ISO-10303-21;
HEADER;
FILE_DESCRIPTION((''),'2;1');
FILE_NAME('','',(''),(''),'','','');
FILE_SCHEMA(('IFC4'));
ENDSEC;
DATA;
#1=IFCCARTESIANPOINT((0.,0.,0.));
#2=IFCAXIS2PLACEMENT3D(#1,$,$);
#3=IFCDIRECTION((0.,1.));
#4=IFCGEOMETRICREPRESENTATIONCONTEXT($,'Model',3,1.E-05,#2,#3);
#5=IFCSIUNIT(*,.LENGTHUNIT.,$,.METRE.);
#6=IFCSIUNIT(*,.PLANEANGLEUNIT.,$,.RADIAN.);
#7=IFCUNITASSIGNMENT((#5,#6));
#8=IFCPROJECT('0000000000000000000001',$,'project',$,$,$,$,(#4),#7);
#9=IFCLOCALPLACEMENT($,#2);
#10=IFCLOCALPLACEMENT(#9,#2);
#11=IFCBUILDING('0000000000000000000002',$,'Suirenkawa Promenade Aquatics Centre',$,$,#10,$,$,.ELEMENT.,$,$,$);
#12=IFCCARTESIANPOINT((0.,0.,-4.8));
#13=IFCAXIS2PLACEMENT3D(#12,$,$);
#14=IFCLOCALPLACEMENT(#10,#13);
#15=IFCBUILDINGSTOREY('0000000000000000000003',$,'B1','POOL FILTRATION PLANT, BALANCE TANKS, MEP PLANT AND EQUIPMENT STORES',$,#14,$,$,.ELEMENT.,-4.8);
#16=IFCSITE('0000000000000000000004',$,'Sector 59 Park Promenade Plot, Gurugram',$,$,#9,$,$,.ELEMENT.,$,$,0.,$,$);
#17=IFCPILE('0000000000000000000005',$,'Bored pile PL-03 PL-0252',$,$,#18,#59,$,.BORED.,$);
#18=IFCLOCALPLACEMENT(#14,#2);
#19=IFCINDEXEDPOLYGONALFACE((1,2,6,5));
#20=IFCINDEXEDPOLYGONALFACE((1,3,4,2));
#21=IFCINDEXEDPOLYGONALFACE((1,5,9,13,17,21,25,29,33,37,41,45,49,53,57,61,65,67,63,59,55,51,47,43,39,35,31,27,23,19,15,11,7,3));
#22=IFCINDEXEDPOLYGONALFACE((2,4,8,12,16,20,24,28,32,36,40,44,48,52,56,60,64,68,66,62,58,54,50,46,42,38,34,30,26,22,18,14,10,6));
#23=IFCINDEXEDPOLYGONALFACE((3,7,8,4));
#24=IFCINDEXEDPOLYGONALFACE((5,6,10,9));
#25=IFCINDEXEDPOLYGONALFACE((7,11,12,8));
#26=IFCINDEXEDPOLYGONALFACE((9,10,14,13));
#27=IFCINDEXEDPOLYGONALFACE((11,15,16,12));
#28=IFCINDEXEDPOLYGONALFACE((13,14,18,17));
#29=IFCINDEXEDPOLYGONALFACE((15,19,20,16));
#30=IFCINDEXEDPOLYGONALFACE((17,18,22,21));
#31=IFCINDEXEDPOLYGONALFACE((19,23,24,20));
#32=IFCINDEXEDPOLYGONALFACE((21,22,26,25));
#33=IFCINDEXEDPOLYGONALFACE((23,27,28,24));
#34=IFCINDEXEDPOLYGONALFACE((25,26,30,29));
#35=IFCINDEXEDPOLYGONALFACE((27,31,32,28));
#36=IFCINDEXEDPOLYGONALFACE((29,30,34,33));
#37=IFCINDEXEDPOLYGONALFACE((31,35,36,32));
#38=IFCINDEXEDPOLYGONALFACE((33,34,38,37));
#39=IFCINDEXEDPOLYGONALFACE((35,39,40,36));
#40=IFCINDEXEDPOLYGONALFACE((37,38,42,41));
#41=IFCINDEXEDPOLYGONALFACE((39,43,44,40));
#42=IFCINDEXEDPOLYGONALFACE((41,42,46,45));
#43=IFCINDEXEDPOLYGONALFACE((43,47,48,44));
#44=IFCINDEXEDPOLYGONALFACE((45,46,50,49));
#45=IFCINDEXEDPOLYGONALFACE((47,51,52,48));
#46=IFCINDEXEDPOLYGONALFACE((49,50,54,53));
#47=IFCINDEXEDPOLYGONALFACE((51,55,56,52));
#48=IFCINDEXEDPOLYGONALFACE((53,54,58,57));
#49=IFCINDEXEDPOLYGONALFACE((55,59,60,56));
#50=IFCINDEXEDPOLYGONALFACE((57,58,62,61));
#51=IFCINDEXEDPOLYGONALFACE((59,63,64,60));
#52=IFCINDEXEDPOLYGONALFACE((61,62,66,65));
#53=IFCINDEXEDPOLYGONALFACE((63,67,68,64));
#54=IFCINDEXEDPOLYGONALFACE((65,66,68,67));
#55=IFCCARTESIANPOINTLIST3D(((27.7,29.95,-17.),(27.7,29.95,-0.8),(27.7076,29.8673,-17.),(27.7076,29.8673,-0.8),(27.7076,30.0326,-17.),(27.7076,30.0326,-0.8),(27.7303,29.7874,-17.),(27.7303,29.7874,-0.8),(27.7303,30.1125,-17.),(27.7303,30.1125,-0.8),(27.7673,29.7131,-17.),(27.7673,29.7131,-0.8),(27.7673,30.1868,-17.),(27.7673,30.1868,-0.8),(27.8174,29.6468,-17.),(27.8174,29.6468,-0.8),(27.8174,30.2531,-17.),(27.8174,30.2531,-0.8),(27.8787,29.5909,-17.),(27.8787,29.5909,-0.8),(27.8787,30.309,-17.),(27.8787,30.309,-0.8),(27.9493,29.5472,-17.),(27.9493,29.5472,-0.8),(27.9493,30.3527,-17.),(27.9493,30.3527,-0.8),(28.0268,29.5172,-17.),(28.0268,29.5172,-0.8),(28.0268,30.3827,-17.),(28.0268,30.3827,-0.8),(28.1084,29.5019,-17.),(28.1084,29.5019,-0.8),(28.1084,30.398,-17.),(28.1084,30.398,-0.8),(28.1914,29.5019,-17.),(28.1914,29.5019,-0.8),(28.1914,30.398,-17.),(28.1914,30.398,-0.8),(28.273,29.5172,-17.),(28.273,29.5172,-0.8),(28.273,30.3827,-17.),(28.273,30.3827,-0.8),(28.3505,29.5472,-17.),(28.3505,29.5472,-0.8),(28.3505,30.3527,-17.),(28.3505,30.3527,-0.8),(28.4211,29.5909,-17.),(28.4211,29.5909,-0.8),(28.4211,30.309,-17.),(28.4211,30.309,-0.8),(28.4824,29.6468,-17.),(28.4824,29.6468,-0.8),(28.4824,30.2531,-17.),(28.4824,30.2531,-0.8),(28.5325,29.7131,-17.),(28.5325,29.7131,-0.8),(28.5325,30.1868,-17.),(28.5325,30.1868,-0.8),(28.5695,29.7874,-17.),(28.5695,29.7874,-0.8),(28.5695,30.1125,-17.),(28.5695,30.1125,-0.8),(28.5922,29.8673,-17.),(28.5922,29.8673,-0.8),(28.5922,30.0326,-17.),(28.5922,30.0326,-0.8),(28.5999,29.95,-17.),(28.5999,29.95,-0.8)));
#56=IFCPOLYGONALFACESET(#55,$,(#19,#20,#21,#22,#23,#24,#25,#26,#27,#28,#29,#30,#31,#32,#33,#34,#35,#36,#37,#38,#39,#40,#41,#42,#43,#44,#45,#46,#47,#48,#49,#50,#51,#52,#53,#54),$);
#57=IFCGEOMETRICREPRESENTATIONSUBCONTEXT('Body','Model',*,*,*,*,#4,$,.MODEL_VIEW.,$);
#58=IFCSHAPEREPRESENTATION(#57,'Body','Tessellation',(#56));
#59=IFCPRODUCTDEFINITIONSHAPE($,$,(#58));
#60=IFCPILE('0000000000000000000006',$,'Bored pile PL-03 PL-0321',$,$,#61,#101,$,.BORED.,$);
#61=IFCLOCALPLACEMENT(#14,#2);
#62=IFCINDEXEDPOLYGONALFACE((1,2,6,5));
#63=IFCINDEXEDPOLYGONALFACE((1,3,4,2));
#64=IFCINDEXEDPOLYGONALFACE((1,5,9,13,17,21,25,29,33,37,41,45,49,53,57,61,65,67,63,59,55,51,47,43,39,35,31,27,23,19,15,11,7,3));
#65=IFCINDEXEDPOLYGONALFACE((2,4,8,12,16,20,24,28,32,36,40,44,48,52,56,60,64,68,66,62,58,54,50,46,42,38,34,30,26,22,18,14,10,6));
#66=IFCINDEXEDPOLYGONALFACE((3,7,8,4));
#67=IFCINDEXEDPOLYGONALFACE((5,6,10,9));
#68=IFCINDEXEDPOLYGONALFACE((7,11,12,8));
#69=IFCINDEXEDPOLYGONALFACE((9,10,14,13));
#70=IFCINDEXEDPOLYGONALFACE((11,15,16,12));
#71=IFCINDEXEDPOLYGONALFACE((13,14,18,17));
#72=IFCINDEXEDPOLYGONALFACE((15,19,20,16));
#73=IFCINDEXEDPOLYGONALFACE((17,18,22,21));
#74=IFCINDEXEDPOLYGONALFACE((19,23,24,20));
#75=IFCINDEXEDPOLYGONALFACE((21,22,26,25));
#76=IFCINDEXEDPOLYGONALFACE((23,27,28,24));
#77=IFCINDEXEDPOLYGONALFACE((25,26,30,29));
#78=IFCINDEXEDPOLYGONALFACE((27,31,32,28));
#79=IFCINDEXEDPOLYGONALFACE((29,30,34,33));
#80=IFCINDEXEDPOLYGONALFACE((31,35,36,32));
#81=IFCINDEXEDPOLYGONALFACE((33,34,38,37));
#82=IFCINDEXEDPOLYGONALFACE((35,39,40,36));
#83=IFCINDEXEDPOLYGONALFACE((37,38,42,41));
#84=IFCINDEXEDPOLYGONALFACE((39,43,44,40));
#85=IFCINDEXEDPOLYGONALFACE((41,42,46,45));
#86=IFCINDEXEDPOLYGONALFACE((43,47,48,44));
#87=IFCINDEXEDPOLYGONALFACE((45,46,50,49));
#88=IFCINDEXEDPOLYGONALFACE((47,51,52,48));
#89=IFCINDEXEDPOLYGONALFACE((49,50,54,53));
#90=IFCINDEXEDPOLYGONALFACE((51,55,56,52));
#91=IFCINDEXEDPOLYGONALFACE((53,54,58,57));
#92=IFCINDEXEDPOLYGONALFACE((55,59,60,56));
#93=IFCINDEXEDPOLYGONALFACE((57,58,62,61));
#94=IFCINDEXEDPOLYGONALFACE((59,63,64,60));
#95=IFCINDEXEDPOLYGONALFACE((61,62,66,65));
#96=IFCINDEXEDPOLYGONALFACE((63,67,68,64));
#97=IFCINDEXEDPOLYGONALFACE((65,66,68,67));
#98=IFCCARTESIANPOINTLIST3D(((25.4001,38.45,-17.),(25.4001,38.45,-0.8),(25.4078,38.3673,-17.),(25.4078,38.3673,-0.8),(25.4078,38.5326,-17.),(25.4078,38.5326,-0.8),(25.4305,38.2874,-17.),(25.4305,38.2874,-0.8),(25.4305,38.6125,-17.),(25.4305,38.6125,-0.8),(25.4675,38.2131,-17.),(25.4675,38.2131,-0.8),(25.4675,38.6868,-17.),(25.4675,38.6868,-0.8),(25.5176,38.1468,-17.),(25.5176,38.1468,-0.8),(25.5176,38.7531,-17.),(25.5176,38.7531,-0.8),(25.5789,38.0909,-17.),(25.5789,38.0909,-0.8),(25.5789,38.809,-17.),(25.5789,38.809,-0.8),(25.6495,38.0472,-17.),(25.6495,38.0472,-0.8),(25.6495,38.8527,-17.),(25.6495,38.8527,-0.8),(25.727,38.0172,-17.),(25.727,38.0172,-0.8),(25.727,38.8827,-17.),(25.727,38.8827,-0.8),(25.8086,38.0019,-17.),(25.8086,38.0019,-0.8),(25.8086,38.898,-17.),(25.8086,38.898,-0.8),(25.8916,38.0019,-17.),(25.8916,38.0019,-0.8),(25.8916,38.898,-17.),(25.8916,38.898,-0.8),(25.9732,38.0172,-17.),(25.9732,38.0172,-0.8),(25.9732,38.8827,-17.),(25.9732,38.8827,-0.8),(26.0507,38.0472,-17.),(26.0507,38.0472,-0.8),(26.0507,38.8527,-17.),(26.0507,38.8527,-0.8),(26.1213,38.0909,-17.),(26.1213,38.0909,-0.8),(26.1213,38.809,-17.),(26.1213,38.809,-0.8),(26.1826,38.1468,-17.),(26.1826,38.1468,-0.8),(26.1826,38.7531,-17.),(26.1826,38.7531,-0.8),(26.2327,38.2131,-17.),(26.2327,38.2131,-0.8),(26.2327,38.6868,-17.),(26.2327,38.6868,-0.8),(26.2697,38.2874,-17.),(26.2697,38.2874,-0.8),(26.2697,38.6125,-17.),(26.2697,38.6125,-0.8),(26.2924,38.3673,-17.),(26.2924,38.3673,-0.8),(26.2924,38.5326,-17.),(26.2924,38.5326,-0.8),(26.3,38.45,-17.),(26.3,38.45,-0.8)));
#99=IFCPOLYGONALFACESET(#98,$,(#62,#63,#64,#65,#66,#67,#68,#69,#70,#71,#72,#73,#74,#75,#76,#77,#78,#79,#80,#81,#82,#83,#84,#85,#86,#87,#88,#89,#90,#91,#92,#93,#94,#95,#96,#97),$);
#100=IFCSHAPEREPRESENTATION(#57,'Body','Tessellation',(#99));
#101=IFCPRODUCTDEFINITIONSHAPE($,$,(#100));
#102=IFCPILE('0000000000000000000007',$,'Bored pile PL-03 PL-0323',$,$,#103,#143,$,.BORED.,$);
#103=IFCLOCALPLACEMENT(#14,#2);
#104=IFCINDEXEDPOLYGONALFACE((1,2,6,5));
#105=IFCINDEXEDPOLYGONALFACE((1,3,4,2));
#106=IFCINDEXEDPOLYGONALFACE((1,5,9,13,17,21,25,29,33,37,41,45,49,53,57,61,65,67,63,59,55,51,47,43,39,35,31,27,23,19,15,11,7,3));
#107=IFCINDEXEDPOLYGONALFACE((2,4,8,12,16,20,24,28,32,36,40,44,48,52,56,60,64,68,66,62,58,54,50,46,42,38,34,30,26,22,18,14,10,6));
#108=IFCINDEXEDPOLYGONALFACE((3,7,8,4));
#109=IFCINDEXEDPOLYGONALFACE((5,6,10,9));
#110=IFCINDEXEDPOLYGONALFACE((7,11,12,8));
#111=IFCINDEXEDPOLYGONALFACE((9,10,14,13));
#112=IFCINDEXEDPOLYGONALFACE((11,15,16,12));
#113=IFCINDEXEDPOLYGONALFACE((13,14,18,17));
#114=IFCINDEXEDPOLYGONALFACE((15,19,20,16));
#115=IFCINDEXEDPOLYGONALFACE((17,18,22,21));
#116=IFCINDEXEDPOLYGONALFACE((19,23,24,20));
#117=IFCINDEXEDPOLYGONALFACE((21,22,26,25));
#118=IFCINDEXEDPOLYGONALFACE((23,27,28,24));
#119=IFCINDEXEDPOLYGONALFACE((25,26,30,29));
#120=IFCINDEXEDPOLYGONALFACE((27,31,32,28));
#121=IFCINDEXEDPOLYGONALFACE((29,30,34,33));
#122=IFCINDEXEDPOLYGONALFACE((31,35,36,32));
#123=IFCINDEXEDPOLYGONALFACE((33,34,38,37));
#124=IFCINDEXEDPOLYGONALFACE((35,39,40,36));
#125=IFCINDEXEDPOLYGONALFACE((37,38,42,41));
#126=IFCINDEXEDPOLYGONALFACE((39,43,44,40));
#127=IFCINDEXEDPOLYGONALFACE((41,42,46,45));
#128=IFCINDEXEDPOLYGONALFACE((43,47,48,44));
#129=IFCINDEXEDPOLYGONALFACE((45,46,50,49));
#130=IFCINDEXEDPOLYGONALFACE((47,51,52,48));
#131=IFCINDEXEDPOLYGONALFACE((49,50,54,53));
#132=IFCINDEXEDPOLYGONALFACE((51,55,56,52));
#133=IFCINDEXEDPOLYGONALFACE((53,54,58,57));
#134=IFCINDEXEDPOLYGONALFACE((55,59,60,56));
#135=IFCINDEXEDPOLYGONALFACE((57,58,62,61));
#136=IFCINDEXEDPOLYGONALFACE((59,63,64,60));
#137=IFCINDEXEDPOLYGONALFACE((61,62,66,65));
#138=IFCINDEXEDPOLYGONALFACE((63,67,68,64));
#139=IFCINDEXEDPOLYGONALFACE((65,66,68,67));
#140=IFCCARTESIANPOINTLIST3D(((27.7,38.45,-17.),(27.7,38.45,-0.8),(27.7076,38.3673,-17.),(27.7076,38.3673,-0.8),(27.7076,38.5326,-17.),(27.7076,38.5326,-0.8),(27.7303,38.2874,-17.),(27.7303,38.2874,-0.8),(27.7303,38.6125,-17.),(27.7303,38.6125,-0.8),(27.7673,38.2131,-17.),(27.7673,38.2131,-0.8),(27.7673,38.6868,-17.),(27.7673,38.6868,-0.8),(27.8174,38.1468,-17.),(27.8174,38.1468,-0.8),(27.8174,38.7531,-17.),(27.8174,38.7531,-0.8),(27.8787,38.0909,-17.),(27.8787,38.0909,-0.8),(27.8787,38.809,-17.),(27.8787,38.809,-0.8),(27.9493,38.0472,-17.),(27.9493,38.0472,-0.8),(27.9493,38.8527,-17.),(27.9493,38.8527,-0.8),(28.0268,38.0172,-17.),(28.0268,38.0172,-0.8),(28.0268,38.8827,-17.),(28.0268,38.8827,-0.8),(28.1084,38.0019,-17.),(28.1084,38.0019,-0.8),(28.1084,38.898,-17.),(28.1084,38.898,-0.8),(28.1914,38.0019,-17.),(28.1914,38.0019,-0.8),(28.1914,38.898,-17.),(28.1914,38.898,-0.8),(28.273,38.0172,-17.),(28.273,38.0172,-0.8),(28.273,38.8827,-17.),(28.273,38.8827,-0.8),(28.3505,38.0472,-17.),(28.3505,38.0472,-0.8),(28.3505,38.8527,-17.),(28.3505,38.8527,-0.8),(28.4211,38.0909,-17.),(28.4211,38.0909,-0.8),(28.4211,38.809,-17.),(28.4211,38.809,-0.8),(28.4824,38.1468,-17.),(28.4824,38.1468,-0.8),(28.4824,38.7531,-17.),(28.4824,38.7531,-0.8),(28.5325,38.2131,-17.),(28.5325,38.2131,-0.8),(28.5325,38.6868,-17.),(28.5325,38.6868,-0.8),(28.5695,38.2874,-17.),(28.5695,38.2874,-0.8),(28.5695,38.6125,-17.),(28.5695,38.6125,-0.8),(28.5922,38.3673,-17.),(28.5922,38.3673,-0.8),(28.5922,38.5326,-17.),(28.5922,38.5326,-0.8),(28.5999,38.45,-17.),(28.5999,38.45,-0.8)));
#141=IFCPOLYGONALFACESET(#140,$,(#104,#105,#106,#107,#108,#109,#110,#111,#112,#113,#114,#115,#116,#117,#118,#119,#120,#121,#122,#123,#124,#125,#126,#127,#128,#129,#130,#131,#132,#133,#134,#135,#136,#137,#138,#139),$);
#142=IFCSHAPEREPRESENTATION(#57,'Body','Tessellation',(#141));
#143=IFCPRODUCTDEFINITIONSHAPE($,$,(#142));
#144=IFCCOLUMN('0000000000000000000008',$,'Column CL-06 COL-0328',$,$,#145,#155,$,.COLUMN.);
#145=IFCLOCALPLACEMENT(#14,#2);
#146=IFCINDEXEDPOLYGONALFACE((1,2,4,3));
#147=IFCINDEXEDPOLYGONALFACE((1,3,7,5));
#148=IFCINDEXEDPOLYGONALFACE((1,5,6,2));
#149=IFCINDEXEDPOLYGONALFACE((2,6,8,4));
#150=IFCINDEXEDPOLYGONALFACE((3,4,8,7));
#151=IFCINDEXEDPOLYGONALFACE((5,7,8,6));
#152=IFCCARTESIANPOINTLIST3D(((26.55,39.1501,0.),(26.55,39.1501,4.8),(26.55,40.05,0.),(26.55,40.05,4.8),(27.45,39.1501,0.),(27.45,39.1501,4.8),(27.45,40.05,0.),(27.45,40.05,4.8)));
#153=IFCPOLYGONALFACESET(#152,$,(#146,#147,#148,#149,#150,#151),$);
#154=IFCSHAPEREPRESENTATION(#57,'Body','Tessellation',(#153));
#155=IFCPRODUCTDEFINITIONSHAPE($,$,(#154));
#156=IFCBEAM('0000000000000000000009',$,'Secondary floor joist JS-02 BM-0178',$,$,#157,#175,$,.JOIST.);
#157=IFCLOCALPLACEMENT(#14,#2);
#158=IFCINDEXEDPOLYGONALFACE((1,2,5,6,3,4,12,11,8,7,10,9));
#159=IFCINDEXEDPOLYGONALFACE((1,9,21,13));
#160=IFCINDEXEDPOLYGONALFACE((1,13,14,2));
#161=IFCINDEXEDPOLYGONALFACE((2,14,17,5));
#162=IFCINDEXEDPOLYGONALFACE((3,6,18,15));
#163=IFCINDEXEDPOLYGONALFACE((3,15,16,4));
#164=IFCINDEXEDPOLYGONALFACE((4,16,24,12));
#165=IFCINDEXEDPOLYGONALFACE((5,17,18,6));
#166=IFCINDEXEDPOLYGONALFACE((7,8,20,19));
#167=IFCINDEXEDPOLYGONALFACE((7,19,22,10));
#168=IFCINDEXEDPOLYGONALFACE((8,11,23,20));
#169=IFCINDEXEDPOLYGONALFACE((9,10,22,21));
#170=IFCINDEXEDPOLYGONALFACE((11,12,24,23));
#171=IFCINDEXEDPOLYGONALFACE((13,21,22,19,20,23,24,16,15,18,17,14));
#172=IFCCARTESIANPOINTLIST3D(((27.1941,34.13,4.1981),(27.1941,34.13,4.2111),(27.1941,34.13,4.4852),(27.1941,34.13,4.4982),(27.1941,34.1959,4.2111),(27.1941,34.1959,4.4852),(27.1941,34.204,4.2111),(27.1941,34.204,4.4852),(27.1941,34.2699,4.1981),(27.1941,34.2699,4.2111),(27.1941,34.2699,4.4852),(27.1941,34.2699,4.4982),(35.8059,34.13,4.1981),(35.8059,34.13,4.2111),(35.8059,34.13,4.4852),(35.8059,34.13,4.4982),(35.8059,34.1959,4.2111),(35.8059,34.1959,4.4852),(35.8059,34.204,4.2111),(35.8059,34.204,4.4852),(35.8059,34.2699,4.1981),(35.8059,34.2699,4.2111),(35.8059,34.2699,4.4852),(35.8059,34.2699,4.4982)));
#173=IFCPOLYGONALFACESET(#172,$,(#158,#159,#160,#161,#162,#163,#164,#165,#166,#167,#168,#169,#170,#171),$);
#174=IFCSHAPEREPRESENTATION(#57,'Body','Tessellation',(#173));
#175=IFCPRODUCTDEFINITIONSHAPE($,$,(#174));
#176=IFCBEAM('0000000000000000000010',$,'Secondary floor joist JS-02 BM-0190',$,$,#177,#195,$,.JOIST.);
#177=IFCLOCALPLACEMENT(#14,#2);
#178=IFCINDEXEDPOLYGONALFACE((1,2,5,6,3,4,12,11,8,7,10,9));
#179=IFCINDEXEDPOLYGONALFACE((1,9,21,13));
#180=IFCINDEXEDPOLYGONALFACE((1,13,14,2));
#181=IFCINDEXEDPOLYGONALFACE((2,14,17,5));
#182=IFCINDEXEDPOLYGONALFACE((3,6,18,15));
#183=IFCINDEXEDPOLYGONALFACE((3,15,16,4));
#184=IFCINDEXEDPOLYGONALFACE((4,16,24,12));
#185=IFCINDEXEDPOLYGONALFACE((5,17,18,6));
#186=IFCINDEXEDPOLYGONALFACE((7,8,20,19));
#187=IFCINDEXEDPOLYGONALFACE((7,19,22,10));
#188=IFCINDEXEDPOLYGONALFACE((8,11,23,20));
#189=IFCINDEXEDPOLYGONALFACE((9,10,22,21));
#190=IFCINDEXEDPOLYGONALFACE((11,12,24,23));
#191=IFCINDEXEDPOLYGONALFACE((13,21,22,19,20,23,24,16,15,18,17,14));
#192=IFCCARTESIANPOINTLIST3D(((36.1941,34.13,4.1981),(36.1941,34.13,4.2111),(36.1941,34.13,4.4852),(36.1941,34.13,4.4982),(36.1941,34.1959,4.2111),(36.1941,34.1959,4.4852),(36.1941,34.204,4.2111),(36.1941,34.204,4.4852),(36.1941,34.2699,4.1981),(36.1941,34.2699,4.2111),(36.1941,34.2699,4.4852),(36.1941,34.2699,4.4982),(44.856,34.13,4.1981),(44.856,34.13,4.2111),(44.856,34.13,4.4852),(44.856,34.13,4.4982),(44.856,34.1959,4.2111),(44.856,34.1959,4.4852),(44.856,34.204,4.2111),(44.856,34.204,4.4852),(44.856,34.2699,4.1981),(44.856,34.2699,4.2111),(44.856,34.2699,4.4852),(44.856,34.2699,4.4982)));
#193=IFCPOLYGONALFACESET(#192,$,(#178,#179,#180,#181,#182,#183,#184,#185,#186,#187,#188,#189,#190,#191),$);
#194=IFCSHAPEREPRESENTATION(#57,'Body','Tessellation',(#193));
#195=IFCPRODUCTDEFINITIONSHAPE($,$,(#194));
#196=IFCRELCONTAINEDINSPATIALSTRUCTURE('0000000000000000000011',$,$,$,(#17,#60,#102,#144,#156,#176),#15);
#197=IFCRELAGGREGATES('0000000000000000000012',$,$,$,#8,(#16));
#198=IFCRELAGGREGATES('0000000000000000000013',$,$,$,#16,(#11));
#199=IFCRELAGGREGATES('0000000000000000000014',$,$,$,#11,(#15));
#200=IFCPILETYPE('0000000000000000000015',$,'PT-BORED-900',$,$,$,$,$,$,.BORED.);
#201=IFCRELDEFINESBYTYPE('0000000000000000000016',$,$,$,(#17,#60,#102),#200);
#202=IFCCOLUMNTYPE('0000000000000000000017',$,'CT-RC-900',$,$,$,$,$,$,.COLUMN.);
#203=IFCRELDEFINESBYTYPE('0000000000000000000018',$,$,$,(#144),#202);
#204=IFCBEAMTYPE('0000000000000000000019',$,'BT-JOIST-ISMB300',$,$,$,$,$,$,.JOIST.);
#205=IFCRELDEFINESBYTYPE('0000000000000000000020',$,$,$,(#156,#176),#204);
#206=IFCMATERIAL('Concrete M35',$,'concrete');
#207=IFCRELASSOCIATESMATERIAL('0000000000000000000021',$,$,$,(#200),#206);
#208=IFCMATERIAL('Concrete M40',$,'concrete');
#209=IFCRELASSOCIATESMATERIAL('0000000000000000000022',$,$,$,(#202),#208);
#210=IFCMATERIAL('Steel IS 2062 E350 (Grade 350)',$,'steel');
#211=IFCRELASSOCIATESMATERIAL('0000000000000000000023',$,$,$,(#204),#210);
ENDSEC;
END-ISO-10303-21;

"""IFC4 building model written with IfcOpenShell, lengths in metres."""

from ifc_helpers import new_model, si_unit, direction, frame, origin, origin_2d, place, context, subcontext, project, spatial, rectangle, circle, i_section, extrude, material, material_profile, profile_set, type_object, element, save


model = new_model("IFC4")

# Units and contexts
model_context = context("Model", 3, precision=1e-05, world=origin(), true_north=direction((0.0, 1.0)))
body_context = subcontext(model_context, "Body", "Model", "MODEL_VIEW")
ifc_project = project(units=[si_unit("LENGTHUNIT", "METRE"), si_unit("PLANEANGLEUNIT", "RADIAN")], contexts=[model_context])

# Site, building, storey
site_placement = place(None, origin())
site = spatial("IfcSite", under=ifc_project, at=site_placement, Name="Sector 59 Park Promenade Plot, Gurugram", CompositionType="ELEMENT", RefElevation=0.0)
building_placement = place(site_placement, origin())
building = spatial("IfcBuilding", under=site, at=building_placement, Name="Suirenkawa Promenade Aquatics Centre", CompositionType="ELEMENT")
storey_placement = place(building_placement, frame((0.0, 0.0, -4.8)))
storey = spatial("IfcBuildingStorey", under=building, at=storey_placement, Name="B1", Description="POOL FILTRATION PLANT, BALANCE TANKS, MEP PLANT AND EQUIPMENT STORES", CompositionType="ELEMENT", Elevation=-4.8)

# Shared definitions
ifc_material_1 = material(Name="Concrete M35", Category="concrete")

# Piles
ifc_material_profile_1 = material_profile(ifc_material_1, circle(Radius=0.45, at=origin_2d()), Name="PILE D900", Category="concrete")
ifc_profile_set_1 = profile_set([ifc_material_profile_1], Name="Concrete M35")
pile_type_1 = type_object("IfcPileType", Name="PT-BORED-900", PredefinedType="BORED", material=ifc_profile_set_1)
for number, where, z_axis, x_axis, name in (
    (1, (28.1499, 29.95, -0.8), (0.0, 0.0, -1.0), (1.0, 0.0, 0.0), "Bored pile PL-03 PL-0252"),
    (2, (25.8501, 38.45, -0.8), (0.0, 0.0, -1.0), (1.0, 0.0, 0.0), "Bored pile PL-03 PL-0321"),
    (3, (28.1499, 38.45, -0.8), (0.0, 0.0, -1.0), (1.0, 0.0, 0.0), "Bored pile PL-03 PL-0323"),
):
    element("IfcPile", number, at=place(storey_placement, frame(where, z_axis=z_axis, x_axis=x_axis)), inside=storey, type_object=pile_type_1, Name=name, PredefinedType="BORED", context=body_context, shape_type="SweptSolid", body=[
        extrude(circle(Radius=0.45, at=origin_2d()), origin(), (0.0, 0.0, 1.0), 16.2),
    ])

# Column
ifc_material_2 = material(Name="Concrete M40", Category="concrete")
ifc_material_profile_2 = material_profile(ifc_material_2, rectangle(XDim=0.8999, YDim=0.8999, at=origin_2d()), Name="RC COL 900x900", Category="concrete")
ifc_profile_set_2 = profile_set([ifc_material_profile_2], Name="Concrete M40")
column_type = type_object("IfcColumnType", Name="CT-RC-900", PredefinedType="COLUMN", material=ifc_profile_set_2)
column_placement = place(storey_placement, frame((27.0, 39.6001, 0.0), z_axis=(0.0, 0.0, 1.0), x_axis=(1.0, 0.0, 0.0)))
element("IfcColumn", 4, at=column_placement, inside=storey, type_object=column_type, Name="Column CL-06 COL-0328", PredefinedType="COLUMN", context=body_context, shape_type="SweptSolid", body=[
    extrude(rectangle(XDim=0.8999, YDim=0.8999, at=origin_2d()), origin(), (0.0, 0.0, 1.0), 4.8),
])

# Beams
ifc_material_3 = material(Name="Steel IS 2062 E350 (Grade 350)", Category="steel")
ifc_material_profile_3 = material_profile(ifc_material_3, i_section(OverallWidth=0.1399, OverallDepth=0.3, WebThickness=0.0081, FlangeThickness=0.0129, at=origin_2d()), Name="ISMB 300", Category="steel")
ifc_profile_set_3 = profile_set([ifc_material_profile_3], Name="Steel IS 2062 E350 (Grade 350)")
beam_type_1 = type_object("IfcBeamType", Name="BT-JOIST-ISMB300", PredefinedType="JOIST", material=ifc_profile_set_3)
beam_1_placement = place(storey_placement, frame((27.1941, 34.2, 4.3481), z_axis=(1.0, 0.0, 0.0), x_axis=(0.0, 1.0, 0.0)))
element("IfcBeam", 5, at=beam_1_placement, inside=storey, type_object=beam_type_1, Name="Secondary floor joist JS-02 BM-0178", PredefinedType="JOIST", context=body_context, shape_type="SweptSolid", body=[
    extrude(i_section(OverallWidth=0.1399, OverallDepth=0.3, WebThickness=0.0081, FlangeThickness=0.0129, at=origin_2d()), origin(), (0.0, 0.0, 1.0), 8.6118),
])
beam_2_placement = place(storey_placement, frame((36.1941, 34.2, 4.3481), z_axis=(1.0, 0.0, 0.0), x_axis=(0.0, 1.0, 0.0)))
element("IfcBeam", 6, at=beam_2_placement, inside=storey, type_object=beam_type_1, Name="Secondary floor joist JS-02 BM-0190", PredefinedType="JOIST", context=body_context, shape_type="SweptSolid", body=[
    extrude(i_section(OverallWidth=0.1399, OverallDepth=0.3, WebThickness=0.0081, FlangeThickness=0.0129, at=origin_2d()), origin(), (0.0, 0.0, 1.0), 8.6619),
])

save(model, "model.ifc")
